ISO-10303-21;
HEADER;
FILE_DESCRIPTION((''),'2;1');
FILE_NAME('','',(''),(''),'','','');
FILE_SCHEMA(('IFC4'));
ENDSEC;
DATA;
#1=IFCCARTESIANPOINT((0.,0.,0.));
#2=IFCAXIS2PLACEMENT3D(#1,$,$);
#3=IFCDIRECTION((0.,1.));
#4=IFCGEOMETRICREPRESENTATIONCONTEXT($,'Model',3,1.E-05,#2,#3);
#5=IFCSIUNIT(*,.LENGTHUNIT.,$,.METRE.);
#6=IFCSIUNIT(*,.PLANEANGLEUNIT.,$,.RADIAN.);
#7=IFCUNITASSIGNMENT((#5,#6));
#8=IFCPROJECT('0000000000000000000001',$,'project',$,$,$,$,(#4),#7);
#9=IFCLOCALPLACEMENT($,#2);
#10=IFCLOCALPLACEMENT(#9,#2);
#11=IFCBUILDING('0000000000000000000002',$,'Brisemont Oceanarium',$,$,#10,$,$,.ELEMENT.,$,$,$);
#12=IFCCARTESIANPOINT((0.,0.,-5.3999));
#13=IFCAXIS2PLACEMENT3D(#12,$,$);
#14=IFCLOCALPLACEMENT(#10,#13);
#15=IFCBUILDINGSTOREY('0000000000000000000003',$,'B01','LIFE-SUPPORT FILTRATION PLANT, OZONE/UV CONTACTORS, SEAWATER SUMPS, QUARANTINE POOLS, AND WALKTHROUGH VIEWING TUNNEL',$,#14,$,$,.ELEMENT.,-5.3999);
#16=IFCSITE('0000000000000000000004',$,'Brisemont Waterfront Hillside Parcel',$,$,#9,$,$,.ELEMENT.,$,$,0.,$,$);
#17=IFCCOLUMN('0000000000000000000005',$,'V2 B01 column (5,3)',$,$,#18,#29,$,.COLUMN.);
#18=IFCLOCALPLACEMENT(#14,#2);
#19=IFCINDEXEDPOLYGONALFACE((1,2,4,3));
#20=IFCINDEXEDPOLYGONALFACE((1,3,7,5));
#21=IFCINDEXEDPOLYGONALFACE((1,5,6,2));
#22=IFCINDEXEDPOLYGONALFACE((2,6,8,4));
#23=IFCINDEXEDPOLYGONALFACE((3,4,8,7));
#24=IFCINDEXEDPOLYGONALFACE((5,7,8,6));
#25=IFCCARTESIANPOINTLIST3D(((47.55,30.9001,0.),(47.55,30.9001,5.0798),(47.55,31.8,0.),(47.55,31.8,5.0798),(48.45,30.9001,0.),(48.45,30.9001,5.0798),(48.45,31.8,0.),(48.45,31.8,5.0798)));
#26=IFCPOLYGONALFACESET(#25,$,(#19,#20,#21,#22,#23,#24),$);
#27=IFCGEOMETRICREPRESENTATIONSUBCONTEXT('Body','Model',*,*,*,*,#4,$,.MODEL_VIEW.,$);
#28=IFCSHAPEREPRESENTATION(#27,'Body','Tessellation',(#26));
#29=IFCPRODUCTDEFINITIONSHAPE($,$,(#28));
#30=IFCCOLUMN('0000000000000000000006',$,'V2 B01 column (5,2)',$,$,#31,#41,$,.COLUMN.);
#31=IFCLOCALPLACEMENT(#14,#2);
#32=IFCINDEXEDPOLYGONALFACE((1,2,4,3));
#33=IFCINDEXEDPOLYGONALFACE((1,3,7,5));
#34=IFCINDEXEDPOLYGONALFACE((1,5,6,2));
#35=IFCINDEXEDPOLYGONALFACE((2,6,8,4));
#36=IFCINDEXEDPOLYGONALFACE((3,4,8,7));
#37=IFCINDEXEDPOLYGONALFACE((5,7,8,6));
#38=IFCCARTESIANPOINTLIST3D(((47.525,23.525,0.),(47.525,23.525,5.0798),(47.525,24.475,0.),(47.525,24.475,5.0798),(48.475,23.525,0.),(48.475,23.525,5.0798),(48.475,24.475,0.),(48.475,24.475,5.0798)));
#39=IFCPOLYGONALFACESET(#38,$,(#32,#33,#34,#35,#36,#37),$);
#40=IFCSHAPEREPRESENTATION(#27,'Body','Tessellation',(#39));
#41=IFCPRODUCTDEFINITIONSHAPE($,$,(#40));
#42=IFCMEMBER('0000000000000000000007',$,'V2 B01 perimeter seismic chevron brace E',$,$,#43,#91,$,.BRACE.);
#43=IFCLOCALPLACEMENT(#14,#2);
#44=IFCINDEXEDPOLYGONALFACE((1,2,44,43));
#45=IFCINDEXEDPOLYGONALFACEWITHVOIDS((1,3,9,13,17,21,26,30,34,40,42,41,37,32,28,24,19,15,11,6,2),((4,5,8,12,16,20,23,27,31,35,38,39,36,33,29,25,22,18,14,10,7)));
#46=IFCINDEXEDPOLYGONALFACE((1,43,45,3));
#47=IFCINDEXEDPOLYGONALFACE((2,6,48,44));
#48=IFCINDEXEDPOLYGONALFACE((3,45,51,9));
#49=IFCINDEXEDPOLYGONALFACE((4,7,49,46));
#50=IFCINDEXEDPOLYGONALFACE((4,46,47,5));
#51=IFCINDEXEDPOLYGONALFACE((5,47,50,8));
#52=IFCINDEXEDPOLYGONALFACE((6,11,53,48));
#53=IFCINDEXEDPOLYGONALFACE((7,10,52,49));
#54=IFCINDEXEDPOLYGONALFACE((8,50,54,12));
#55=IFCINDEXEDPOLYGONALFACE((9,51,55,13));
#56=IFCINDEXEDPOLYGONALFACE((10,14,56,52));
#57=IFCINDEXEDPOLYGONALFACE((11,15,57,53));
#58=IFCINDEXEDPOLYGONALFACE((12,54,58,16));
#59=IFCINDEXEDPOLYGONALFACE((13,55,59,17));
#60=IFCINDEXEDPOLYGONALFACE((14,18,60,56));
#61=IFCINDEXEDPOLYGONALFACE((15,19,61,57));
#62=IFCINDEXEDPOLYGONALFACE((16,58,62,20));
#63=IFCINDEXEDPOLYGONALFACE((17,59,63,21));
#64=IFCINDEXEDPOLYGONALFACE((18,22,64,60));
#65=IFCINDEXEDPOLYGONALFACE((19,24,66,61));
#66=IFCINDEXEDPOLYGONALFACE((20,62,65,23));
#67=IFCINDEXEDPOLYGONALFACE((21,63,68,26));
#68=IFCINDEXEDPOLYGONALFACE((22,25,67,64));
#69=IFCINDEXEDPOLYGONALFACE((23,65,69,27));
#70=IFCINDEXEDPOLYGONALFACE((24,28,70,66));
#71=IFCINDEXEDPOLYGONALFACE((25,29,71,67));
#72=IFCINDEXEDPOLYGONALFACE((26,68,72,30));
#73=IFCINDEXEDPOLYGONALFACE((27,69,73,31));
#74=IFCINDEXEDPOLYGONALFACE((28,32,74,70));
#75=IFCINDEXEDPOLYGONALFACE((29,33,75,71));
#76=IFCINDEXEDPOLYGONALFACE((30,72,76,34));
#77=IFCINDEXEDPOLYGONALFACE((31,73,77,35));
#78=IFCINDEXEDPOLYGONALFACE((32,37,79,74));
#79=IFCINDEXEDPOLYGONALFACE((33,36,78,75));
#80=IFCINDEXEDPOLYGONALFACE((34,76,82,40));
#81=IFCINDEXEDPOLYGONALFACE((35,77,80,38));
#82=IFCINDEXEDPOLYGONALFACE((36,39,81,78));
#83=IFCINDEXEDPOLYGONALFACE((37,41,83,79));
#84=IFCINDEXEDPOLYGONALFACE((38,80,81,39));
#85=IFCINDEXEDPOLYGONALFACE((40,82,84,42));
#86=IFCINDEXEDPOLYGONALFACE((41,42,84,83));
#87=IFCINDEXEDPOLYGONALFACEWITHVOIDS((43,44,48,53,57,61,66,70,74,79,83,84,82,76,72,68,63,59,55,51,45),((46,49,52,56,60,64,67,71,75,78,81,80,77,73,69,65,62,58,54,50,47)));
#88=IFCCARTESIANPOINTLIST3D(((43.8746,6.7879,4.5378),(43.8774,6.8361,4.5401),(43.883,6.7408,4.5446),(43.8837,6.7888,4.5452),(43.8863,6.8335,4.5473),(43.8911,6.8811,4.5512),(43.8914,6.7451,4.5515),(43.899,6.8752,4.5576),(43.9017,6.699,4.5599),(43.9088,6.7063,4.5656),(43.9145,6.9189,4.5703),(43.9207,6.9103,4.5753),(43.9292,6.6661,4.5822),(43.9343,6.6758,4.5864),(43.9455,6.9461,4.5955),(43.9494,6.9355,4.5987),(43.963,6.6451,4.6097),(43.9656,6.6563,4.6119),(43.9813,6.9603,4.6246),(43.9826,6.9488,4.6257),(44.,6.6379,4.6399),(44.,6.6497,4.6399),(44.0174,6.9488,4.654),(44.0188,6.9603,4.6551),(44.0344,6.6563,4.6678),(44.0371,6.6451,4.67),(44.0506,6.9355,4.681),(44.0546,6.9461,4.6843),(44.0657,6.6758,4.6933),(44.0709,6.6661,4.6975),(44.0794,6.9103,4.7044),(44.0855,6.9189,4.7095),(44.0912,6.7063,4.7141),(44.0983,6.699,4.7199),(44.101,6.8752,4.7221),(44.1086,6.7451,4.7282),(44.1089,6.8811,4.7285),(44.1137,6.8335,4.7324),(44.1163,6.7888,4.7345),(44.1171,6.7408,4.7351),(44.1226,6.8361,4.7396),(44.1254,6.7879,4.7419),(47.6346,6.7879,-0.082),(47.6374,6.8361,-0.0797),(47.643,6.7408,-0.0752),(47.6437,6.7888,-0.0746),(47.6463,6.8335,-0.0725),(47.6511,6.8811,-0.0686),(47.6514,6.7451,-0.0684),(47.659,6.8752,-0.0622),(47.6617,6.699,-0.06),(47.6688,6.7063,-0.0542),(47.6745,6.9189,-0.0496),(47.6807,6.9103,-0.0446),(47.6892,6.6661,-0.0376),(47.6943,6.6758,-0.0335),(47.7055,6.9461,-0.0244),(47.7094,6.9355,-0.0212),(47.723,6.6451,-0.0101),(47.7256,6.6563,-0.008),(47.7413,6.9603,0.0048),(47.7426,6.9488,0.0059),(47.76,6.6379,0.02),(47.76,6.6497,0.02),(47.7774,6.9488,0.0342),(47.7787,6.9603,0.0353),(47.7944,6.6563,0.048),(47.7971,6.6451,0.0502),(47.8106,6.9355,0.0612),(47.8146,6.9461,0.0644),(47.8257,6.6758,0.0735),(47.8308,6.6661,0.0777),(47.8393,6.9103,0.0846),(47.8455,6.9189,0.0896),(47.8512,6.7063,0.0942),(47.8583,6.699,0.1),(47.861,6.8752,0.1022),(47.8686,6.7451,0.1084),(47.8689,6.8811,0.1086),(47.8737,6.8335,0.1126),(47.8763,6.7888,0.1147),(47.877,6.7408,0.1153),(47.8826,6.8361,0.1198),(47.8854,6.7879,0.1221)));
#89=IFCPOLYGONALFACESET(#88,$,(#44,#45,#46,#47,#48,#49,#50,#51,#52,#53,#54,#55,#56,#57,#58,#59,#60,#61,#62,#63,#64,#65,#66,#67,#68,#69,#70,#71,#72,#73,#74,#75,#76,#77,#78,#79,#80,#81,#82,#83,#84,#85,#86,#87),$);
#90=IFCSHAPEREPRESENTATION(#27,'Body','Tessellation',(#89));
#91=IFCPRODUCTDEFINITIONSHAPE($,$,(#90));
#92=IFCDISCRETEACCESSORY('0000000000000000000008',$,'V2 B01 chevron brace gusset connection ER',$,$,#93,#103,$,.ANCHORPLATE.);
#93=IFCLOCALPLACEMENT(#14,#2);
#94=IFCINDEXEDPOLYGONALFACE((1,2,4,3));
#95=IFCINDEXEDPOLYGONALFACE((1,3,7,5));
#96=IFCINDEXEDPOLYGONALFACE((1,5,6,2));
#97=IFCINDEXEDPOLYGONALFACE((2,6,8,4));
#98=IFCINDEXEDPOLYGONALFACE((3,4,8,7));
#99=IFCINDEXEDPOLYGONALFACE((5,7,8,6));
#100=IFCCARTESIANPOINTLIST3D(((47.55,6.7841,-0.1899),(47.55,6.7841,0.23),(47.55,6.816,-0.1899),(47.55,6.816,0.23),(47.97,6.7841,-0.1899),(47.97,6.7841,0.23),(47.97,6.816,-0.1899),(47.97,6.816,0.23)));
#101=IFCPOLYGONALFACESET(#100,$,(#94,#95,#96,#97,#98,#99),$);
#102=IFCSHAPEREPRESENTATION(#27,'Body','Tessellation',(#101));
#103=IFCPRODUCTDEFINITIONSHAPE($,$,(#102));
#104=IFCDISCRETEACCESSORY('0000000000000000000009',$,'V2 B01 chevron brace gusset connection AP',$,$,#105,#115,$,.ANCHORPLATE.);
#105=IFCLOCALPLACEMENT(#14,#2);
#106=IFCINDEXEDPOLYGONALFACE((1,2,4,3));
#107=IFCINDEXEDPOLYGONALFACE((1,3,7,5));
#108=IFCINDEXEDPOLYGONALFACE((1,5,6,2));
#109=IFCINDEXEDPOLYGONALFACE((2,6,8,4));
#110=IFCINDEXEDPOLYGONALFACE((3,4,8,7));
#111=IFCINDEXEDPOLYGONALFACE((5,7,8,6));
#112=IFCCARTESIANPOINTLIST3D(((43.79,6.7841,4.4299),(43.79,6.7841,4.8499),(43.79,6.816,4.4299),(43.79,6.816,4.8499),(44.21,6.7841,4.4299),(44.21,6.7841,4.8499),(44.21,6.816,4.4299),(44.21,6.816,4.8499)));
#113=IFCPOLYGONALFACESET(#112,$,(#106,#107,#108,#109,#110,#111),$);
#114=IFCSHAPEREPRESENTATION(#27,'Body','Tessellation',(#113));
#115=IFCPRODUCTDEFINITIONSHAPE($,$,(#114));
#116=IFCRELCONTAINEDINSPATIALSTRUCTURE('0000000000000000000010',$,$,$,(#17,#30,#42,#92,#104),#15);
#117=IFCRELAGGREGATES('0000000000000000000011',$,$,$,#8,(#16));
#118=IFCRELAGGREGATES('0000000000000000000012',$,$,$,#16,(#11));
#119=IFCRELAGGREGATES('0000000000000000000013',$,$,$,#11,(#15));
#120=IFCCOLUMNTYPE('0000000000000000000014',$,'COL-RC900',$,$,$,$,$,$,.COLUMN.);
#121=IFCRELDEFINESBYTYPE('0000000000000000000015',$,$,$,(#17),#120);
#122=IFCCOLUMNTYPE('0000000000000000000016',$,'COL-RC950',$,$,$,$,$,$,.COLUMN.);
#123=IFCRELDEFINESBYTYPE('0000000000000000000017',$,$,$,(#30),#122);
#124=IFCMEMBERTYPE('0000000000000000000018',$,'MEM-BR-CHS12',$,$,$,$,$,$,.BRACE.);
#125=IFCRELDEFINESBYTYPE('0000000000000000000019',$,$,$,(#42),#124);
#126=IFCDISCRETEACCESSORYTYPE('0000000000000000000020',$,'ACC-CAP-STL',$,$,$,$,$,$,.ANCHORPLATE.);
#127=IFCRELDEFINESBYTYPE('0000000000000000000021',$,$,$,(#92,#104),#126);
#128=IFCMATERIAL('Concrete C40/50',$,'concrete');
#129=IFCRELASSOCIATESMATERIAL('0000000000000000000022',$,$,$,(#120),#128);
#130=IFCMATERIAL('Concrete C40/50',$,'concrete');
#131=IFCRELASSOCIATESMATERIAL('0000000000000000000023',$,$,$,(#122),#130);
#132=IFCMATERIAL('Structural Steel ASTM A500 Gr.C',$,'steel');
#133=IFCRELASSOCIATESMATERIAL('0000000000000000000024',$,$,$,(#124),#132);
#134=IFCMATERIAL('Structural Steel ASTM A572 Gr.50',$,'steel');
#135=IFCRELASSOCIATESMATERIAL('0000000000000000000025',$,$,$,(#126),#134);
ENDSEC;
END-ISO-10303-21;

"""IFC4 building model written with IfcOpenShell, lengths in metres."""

from ifc_helpers import new_model, si_unit, direction, frame, origin, origin_2d, place, context, subcontext, project, spatial, rectangle, hollow_circle, extrude, material, material_profile, profile_set, type_object, element, save


model = new_model("IFC4")

# Units and contexts
model_context = context("Model", 3, precision=1e-05, world=origin(), true_north=direction((0.0, 1.0)))
body_context = subcontext(model_context, "Body", "Model", "MODEL_VIEW")
ifc_project = project(units=[si_unit("LENGTHUNIT", "METRE"), si_unit("PLANEANGLEUNIT", "RADIAN")], contexts=[model_context])

# Site, building, storey
site_placement = place(None, origin())
site = spatial("IfcSite", under=ifc_project, at=site_placement, Name="Brisemont Waterfront Hillside Parcel", CompositionType="ELEMENT", RefElevation=0.0)
building_placement = place(site_placement, origin())
building = spatial("IfcBuilding", under=site, at=building_placement, Name="Brisemont Oceanarium", CompositionType="ELEMENT")
storey_placement = place(building_placement, frame((0.0, 0.0, -5.3999)))
storey = spatial("IfcBuildingStorey", under=building, at=storey_placement, Name="B01", Description="LIFE-SUPPORT FILTRATION PLANT, OZONE/UV CONTACTORS, SEAWATER SUMPS, QUARANTINE POOLS, AND WALKTHROUGH VIEWING TUNNEL", CompositionType="ELEMENT", Elevation=-5.3999)

# Columns
ifc_material_1 = material(Name="Concrete C40/50", Category="concrete")
ifc_material_profile_1 = material_profile(ifc_material_1, rectangle(XDim=0.8999, YDim=0.8999, at=origin_2d()), Name="RC-COL-900X900")
ifc_profile_set_1 = profile_set([ifc_material_profile_1], Name="Concrete C40/50")
column_type_1 = type_object("IfcColumnType", Name="COL-RC900", PredefinedType="COLUMN", material=ifc_profile_set_1)
column_1_placement = place(storey_placement, frame((48.0, 31.3501, 0.0), z_axis=(0.0, 0.0, 1.0), x_axis=(1.0, 0.0, 0.0)))
element("IfcColumn", 1, at=column_1_placement, inside=storey, type_object=column_type_1, Name="V2 B01 column (5,3)", PredefinedType="COLUMN", context=body_context, shape_type="SweptSolid", body=[
    extrude(rectangle(XDim=0.8999, YDim=0.8999, at=origin_2d()), origin(), (0.0, 0.0, 1.0), 5.0798),
])
ifc_material_2 = material(Name="Concrete C40/50", Category="concrete")
ifc_material_profile_2 = material_profile(ifc_material_2, rectangle(XDim=0.95, YDim=0.95, at=origin_2d()), Name="RC-COL-950X950")
ifc_profile_set_2 = profile_set([ifc_material_profile_2], Name="Concrete C40/50")
column_type_2 = type_object("IfcColumnType", Name="COL-RC950", PredefinedType="COLUMN", material=ifc_profile_set_2)
column_2_placement = place(storey_placement, frame((48.0, 24.0, 0.0), z_axis=(0.0, 0.0, 1.0), x_axis=(0.0, 1.0, 0.0)))
element("IfcColumn", 2, at=column_2_placement, inside=storey, type_object=column_type_2, Name="V2 B01 column (5,2)", PredefinedType="COLUMN", context=body_context, shape_type="SweptSolid", body=[
    extrude(rectangle(XDim=0.95, YDim=0.95, at=origin_2d()), origin(), (0.0, 0.0, 1.0), 5.0798),
])

# Member
ifc_material_3 = material(Name="Structural Steel ASTM A500 Gr.C", Category="steel")
ifc_material_profile_3 = material_profile(ifc_material_3, hollow_circle(Radius=0.1621, WallThickness=0.0117, at=origin_2d()), Name="HSS12.750X0.500")
ifc_profile_set_3 = profile_set([ifc_material_profile_3], Name="Structural Steel ASTM A500 Gr.C")
member_type = type_object("IfcMemberType", Name="MEM-BR-CHS12", PredefinedType="BRACE", material=ifc_profile_set_3)
member_placement = place(storey_placement, frame((47.76, 6.8, 0.02), z_axis=(-0.631236, 0.0, 0.775591), x_axis=(0.0, -1.0, 0.0)))
element("IfcMember", 3, at=member_placement, inside=storey, type_object=member_type, Name="V2 B01 perimeter seismic chevron brace E", PredefinedType="BRACE", context=body_context, shape_type="SweptSolid", body=[
    extrude(hollow_circle(Radius=0.1621, WallThickness=0.0117, at=origin_2d()), origin(), (0.0, 0.0, 1.0), 5.9565),
])

# Discrete accessories
ifc_material_4 = material(Name="Structural Steel ASTM A572 Gr.50", Category="steel")
discrete_accessory_type = type_object("IfcDiscreteAccessoryType", Name="ACC-CAP-STL", PredefinedType="ANCHORPLATE", material=ifc_material_4)
for number, where, z_axis, x_axis, name in (
    (4, (47.76, 6.8, -0.1899), (0.0, 0.0, 1.0), (1.0, 0.0, 0.0), "V2 B01 chevron brace gusset connection ER"),
    (5, (44.0, 6.8, 4.4299), (0.0, 0.0, 1.0), (1.0, 0.0, 0.0), "V2 B01 chevron brace gusset connection AP"),
):
    element("IfcDiscreteAccessory", number, at=place(storey_placement, frame(where, z_axis=z_axis, x_axis=x_axis)), inside=storey, type_object=discrete_accessory_type, Name=name, PredefinedType="ANCHORPLATE", context=body_context, shape_type="SweptSolid", body=[
        extrude(rectangle(XDim=0.4199, YDim=0.032, at=origin_2d()), origin(), (0.0, 0.0, 1.0), 0.4199),
    ])

save(model, "model.ifc")
